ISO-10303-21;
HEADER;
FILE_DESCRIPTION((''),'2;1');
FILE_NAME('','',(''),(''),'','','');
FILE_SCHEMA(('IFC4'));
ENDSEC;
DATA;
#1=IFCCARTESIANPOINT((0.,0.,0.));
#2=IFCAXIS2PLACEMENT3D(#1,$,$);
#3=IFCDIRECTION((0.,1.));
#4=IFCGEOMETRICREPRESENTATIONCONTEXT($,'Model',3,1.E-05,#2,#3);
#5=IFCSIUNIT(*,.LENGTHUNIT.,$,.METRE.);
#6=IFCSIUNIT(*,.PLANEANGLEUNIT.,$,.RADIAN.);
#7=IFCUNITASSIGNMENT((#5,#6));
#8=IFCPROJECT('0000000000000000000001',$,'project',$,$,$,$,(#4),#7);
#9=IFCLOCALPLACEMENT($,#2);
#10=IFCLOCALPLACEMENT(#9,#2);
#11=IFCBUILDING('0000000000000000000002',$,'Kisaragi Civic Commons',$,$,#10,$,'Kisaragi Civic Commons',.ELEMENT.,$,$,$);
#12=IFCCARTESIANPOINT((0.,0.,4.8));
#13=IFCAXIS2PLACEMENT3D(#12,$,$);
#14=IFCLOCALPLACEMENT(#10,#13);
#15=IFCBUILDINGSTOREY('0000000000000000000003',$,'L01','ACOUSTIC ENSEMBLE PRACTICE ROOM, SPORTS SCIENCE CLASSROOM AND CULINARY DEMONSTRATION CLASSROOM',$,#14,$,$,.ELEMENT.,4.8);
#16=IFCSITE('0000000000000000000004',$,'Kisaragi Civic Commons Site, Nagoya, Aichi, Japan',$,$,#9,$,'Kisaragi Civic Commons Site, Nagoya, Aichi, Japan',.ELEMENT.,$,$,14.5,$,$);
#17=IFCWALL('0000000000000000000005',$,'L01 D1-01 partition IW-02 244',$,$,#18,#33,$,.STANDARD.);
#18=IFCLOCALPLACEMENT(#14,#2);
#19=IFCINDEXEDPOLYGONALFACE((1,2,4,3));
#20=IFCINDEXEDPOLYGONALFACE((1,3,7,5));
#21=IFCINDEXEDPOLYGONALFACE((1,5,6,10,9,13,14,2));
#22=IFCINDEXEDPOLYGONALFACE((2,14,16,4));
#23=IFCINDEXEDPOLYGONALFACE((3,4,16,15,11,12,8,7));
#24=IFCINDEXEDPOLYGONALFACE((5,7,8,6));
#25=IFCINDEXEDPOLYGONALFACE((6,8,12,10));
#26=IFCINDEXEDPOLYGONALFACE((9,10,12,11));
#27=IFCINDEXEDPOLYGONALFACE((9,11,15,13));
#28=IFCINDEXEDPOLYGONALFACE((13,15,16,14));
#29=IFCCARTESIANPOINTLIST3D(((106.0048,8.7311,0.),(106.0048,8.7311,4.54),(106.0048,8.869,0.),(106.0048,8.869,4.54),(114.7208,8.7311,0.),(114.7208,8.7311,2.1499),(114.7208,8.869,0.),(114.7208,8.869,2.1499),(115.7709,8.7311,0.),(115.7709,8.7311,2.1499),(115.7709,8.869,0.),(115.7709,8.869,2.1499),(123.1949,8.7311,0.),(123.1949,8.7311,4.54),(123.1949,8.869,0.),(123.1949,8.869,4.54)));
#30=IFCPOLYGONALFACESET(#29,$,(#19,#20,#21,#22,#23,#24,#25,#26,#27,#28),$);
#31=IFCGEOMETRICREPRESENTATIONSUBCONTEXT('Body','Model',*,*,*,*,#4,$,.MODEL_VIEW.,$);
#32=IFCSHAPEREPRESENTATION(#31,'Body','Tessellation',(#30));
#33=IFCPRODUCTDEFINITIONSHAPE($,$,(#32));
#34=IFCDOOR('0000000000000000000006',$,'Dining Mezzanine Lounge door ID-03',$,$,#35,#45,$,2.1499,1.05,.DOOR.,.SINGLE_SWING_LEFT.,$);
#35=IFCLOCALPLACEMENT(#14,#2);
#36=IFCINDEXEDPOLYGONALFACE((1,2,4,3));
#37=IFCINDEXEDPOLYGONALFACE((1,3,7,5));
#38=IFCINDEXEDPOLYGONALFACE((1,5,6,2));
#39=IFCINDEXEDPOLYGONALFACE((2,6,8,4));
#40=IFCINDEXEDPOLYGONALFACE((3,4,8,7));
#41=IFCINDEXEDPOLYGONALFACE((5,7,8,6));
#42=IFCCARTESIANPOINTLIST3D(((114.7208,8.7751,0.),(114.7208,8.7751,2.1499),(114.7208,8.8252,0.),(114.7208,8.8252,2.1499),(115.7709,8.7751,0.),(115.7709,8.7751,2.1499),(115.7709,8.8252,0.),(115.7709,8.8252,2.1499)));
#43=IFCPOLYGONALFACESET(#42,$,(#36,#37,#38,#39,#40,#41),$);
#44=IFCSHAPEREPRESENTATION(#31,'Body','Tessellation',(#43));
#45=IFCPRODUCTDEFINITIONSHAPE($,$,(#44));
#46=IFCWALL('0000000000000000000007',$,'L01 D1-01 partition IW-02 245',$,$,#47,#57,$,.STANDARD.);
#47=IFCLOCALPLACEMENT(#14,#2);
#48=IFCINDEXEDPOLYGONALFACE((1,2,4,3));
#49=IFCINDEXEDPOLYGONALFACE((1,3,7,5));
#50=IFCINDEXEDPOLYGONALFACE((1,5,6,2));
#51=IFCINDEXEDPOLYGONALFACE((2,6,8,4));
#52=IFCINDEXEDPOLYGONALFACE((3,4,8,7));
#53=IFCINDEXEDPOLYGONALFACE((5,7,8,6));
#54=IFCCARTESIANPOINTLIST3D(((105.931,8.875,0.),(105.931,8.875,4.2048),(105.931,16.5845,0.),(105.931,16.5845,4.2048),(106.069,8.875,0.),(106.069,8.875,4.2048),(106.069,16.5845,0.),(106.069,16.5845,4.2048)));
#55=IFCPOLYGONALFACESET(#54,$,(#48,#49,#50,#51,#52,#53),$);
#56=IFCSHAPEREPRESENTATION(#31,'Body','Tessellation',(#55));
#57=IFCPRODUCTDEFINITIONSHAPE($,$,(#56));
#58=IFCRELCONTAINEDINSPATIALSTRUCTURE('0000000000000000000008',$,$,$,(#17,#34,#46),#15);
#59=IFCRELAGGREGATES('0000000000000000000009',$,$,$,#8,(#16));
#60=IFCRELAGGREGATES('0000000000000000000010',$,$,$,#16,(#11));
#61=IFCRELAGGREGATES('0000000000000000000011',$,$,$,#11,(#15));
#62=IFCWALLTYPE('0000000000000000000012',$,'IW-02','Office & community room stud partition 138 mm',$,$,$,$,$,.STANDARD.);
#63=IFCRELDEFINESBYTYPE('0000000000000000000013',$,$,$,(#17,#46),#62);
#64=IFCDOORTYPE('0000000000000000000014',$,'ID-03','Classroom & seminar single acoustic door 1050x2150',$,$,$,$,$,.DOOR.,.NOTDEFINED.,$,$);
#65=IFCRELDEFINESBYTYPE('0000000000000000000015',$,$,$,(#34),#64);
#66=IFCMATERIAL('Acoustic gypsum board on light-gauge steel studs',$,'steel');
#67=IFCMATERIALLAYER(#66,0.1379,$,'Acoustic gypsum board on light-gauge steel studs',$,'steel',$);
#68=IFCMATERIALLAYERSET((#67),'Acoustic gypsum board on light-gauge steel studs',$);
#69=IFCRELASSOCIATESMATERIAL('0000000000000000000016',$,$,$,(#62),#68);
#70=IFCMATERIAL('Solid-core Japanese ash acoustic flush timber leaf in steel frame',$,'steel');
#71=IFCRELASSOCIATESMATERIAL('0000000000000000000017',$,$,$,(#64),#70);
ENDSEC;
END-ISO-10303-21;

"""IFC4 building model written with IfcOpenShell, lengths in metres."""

from ifc_helpers import new_model, si_unit, direction, frame, frame_2d, origin, place, context, subcontext, project, spatial, rectangle, extrude, material, layer, layer_set, type_object, element, fill, save


model = new_model("IFC4")

# Units and contexts
model_context = context("Model", 3, precision=1e-05, world=origin(), true_north=direction((0.0, 1.0)))
body_context = subcontext(model_context, "Body", "Model", "MODEL_VIEW")
ifc_project = project(units=[si_unit("LENGTHUNIT", "METRE"), si_unit("PLANEANGLEUNIT", "RADIAN")], contexts=[model_context])

# Site, building, storey
site_placement = place(None, origin())
site = spatial("IfcSite", under=ifc_project, at=site_placement, Name="Kisaragi Civic Commons Site, Nagoya, Aichi, Japan", LongName="Kisaragi Civic Commons Site, Nagoya, Aichi, Japan", CompositionType="ELEMENT", RefElevation=14.5)
building_placement = place(site_placement, origin())
building = spatial("IfcBuilding", under=site, at=building_placement, Name="Kisaragi Civic Commons", LongName="Kisaragi Civic Commons", CompositionType="ELEMENT")
storey_placement = place(building_placement, frame((0.0, 0.0, 4.8)))
storey = spatial("IfcBuildingStorey", under=building, at=storey_placement, Name="L01", Description="ACOUSTIC ENSEMBLE PRACTICE ROOM, SPORTS SCIENCE CLASSROOM AND CULINARY DEMONSTRATION CLASSROOM", CompositionType="ELEMENT", Elevation=4.8)

# Wall, opening, door
ifc_material_1 = material(Name="Acoustic gypsum board on light-gauge steel studs", Category="steel")
ifc_layer_1 = layer(ifc_material_1, 0.1379, Name="Acoustic gypsum board on light-gauge steel studs", Category="steel")
ifc_layer_set_1 = layer_set([ifc_layer_1], Name="Acoustic gypsum board on light-gauge steel studs")
wall_type = type_object("IfcWallType", Name="IW-02", Description="Office & community room stud partition 138 mm", PredefinedType="STANDARD", material=ifc_layer_set_1)
wall_1_placement = place(storey_placement, frame((123.1951, 8.8, 0.0), z_axis=(0.0, 0.0, 1.0), x_axis=(-1.0, 0.0, 0.0)))
wall_1 = element("IfcWall", 1, at=wall_1_placement, inside=storey, type_object=wall_type, Name="L01 D1-01 partition IW-02 244", PredefinedType="STANDARD", context=body_context, shape_type="SweptSolid", body=[
    extrude(rectangle(XDim=17.1902, YDim=0.1379, at=frame_2d((8.5952, 0.0))), origin(), (0.0, 0.0, 1.0), 4.54),
])
opening_placement = place(wall_1_placement, frame((7.4243, 0.0, 0.0)))
opening = element("IfcOpeningElement", 2, at=opening_placement, cuts=wall_1, PredefinedType="OPENING", context=body_context, shape_type="SweptSolid", body=[
    extrude(rectangle(XDim=1.05, YDim=2.1499, at=frame_2d((0.5249, 1.075))), frame((0.0, 0.0789, 0.0), z_axis=(0.0, -1.0, 0.0), x_axis=(1.0, 0.0, 0.0)), (0.0, 0.0, 1.0), 0.158),
])
ifc_material_2 = material(Name="Solid-core Japanese ash acoustic flush timber leaf in steel frame", Category="steel")
door_type = type_object("IfcDoorType", Name="ID-03", Description="Classroom & seminar single acoustic door 1050x2150", OperationType="NOTDEFINED", PredefinedType="DOOR", material=ifc_material_2)
door_placement = place(opening_placement, origin())
door = element("IfcDoor", 3, at=door_placement, inside=storey, type_object=door_type, Name="Dining Mezzanine Lounge door ID-03", OperationType="SINGLE_SWING_LEFT", OverallHeight=2.1499, OverallWidth=1.05, PredefinedType="DOOR", context=body_context, shape_type="SweptSolid", body=[
    extrude(rectangle(XDim=1.05, YDim=2.1499, at=frame_2d((0.5249, 1.075))), frame((0.0, 0.0249, 0.0), z_axis=(0.0, -1.0, 0.0), x_axis=(1.0, 0.0, 0.0)), (0.0, 0.0, 1.0), 0.05),
])
fill(opening, door)

# Wall
wall_2_placement = place(storey_placement, frame((106.0, 8.875, 0.0), z_axis=(0.0, 0.0, 1.0), x_axis=(0.0, 1.0, 0.0)))
element("IfcWall", 4, at=wall_2_placement, inside=storey, type_object=wall_type, Name="L01 D1-01 partition IW-02 245", PredefinedType="STANDARD", context=body_context, shape_type="SweptSolid", body=[
    extrude(rectangle(XDim=7.7095, YDim=0.1379, at=frame_2d((3.8547, 0.0))), origin(), (0.0, 0.0, 1.0), 4.2048),
])

save(model, "model.ifc")
